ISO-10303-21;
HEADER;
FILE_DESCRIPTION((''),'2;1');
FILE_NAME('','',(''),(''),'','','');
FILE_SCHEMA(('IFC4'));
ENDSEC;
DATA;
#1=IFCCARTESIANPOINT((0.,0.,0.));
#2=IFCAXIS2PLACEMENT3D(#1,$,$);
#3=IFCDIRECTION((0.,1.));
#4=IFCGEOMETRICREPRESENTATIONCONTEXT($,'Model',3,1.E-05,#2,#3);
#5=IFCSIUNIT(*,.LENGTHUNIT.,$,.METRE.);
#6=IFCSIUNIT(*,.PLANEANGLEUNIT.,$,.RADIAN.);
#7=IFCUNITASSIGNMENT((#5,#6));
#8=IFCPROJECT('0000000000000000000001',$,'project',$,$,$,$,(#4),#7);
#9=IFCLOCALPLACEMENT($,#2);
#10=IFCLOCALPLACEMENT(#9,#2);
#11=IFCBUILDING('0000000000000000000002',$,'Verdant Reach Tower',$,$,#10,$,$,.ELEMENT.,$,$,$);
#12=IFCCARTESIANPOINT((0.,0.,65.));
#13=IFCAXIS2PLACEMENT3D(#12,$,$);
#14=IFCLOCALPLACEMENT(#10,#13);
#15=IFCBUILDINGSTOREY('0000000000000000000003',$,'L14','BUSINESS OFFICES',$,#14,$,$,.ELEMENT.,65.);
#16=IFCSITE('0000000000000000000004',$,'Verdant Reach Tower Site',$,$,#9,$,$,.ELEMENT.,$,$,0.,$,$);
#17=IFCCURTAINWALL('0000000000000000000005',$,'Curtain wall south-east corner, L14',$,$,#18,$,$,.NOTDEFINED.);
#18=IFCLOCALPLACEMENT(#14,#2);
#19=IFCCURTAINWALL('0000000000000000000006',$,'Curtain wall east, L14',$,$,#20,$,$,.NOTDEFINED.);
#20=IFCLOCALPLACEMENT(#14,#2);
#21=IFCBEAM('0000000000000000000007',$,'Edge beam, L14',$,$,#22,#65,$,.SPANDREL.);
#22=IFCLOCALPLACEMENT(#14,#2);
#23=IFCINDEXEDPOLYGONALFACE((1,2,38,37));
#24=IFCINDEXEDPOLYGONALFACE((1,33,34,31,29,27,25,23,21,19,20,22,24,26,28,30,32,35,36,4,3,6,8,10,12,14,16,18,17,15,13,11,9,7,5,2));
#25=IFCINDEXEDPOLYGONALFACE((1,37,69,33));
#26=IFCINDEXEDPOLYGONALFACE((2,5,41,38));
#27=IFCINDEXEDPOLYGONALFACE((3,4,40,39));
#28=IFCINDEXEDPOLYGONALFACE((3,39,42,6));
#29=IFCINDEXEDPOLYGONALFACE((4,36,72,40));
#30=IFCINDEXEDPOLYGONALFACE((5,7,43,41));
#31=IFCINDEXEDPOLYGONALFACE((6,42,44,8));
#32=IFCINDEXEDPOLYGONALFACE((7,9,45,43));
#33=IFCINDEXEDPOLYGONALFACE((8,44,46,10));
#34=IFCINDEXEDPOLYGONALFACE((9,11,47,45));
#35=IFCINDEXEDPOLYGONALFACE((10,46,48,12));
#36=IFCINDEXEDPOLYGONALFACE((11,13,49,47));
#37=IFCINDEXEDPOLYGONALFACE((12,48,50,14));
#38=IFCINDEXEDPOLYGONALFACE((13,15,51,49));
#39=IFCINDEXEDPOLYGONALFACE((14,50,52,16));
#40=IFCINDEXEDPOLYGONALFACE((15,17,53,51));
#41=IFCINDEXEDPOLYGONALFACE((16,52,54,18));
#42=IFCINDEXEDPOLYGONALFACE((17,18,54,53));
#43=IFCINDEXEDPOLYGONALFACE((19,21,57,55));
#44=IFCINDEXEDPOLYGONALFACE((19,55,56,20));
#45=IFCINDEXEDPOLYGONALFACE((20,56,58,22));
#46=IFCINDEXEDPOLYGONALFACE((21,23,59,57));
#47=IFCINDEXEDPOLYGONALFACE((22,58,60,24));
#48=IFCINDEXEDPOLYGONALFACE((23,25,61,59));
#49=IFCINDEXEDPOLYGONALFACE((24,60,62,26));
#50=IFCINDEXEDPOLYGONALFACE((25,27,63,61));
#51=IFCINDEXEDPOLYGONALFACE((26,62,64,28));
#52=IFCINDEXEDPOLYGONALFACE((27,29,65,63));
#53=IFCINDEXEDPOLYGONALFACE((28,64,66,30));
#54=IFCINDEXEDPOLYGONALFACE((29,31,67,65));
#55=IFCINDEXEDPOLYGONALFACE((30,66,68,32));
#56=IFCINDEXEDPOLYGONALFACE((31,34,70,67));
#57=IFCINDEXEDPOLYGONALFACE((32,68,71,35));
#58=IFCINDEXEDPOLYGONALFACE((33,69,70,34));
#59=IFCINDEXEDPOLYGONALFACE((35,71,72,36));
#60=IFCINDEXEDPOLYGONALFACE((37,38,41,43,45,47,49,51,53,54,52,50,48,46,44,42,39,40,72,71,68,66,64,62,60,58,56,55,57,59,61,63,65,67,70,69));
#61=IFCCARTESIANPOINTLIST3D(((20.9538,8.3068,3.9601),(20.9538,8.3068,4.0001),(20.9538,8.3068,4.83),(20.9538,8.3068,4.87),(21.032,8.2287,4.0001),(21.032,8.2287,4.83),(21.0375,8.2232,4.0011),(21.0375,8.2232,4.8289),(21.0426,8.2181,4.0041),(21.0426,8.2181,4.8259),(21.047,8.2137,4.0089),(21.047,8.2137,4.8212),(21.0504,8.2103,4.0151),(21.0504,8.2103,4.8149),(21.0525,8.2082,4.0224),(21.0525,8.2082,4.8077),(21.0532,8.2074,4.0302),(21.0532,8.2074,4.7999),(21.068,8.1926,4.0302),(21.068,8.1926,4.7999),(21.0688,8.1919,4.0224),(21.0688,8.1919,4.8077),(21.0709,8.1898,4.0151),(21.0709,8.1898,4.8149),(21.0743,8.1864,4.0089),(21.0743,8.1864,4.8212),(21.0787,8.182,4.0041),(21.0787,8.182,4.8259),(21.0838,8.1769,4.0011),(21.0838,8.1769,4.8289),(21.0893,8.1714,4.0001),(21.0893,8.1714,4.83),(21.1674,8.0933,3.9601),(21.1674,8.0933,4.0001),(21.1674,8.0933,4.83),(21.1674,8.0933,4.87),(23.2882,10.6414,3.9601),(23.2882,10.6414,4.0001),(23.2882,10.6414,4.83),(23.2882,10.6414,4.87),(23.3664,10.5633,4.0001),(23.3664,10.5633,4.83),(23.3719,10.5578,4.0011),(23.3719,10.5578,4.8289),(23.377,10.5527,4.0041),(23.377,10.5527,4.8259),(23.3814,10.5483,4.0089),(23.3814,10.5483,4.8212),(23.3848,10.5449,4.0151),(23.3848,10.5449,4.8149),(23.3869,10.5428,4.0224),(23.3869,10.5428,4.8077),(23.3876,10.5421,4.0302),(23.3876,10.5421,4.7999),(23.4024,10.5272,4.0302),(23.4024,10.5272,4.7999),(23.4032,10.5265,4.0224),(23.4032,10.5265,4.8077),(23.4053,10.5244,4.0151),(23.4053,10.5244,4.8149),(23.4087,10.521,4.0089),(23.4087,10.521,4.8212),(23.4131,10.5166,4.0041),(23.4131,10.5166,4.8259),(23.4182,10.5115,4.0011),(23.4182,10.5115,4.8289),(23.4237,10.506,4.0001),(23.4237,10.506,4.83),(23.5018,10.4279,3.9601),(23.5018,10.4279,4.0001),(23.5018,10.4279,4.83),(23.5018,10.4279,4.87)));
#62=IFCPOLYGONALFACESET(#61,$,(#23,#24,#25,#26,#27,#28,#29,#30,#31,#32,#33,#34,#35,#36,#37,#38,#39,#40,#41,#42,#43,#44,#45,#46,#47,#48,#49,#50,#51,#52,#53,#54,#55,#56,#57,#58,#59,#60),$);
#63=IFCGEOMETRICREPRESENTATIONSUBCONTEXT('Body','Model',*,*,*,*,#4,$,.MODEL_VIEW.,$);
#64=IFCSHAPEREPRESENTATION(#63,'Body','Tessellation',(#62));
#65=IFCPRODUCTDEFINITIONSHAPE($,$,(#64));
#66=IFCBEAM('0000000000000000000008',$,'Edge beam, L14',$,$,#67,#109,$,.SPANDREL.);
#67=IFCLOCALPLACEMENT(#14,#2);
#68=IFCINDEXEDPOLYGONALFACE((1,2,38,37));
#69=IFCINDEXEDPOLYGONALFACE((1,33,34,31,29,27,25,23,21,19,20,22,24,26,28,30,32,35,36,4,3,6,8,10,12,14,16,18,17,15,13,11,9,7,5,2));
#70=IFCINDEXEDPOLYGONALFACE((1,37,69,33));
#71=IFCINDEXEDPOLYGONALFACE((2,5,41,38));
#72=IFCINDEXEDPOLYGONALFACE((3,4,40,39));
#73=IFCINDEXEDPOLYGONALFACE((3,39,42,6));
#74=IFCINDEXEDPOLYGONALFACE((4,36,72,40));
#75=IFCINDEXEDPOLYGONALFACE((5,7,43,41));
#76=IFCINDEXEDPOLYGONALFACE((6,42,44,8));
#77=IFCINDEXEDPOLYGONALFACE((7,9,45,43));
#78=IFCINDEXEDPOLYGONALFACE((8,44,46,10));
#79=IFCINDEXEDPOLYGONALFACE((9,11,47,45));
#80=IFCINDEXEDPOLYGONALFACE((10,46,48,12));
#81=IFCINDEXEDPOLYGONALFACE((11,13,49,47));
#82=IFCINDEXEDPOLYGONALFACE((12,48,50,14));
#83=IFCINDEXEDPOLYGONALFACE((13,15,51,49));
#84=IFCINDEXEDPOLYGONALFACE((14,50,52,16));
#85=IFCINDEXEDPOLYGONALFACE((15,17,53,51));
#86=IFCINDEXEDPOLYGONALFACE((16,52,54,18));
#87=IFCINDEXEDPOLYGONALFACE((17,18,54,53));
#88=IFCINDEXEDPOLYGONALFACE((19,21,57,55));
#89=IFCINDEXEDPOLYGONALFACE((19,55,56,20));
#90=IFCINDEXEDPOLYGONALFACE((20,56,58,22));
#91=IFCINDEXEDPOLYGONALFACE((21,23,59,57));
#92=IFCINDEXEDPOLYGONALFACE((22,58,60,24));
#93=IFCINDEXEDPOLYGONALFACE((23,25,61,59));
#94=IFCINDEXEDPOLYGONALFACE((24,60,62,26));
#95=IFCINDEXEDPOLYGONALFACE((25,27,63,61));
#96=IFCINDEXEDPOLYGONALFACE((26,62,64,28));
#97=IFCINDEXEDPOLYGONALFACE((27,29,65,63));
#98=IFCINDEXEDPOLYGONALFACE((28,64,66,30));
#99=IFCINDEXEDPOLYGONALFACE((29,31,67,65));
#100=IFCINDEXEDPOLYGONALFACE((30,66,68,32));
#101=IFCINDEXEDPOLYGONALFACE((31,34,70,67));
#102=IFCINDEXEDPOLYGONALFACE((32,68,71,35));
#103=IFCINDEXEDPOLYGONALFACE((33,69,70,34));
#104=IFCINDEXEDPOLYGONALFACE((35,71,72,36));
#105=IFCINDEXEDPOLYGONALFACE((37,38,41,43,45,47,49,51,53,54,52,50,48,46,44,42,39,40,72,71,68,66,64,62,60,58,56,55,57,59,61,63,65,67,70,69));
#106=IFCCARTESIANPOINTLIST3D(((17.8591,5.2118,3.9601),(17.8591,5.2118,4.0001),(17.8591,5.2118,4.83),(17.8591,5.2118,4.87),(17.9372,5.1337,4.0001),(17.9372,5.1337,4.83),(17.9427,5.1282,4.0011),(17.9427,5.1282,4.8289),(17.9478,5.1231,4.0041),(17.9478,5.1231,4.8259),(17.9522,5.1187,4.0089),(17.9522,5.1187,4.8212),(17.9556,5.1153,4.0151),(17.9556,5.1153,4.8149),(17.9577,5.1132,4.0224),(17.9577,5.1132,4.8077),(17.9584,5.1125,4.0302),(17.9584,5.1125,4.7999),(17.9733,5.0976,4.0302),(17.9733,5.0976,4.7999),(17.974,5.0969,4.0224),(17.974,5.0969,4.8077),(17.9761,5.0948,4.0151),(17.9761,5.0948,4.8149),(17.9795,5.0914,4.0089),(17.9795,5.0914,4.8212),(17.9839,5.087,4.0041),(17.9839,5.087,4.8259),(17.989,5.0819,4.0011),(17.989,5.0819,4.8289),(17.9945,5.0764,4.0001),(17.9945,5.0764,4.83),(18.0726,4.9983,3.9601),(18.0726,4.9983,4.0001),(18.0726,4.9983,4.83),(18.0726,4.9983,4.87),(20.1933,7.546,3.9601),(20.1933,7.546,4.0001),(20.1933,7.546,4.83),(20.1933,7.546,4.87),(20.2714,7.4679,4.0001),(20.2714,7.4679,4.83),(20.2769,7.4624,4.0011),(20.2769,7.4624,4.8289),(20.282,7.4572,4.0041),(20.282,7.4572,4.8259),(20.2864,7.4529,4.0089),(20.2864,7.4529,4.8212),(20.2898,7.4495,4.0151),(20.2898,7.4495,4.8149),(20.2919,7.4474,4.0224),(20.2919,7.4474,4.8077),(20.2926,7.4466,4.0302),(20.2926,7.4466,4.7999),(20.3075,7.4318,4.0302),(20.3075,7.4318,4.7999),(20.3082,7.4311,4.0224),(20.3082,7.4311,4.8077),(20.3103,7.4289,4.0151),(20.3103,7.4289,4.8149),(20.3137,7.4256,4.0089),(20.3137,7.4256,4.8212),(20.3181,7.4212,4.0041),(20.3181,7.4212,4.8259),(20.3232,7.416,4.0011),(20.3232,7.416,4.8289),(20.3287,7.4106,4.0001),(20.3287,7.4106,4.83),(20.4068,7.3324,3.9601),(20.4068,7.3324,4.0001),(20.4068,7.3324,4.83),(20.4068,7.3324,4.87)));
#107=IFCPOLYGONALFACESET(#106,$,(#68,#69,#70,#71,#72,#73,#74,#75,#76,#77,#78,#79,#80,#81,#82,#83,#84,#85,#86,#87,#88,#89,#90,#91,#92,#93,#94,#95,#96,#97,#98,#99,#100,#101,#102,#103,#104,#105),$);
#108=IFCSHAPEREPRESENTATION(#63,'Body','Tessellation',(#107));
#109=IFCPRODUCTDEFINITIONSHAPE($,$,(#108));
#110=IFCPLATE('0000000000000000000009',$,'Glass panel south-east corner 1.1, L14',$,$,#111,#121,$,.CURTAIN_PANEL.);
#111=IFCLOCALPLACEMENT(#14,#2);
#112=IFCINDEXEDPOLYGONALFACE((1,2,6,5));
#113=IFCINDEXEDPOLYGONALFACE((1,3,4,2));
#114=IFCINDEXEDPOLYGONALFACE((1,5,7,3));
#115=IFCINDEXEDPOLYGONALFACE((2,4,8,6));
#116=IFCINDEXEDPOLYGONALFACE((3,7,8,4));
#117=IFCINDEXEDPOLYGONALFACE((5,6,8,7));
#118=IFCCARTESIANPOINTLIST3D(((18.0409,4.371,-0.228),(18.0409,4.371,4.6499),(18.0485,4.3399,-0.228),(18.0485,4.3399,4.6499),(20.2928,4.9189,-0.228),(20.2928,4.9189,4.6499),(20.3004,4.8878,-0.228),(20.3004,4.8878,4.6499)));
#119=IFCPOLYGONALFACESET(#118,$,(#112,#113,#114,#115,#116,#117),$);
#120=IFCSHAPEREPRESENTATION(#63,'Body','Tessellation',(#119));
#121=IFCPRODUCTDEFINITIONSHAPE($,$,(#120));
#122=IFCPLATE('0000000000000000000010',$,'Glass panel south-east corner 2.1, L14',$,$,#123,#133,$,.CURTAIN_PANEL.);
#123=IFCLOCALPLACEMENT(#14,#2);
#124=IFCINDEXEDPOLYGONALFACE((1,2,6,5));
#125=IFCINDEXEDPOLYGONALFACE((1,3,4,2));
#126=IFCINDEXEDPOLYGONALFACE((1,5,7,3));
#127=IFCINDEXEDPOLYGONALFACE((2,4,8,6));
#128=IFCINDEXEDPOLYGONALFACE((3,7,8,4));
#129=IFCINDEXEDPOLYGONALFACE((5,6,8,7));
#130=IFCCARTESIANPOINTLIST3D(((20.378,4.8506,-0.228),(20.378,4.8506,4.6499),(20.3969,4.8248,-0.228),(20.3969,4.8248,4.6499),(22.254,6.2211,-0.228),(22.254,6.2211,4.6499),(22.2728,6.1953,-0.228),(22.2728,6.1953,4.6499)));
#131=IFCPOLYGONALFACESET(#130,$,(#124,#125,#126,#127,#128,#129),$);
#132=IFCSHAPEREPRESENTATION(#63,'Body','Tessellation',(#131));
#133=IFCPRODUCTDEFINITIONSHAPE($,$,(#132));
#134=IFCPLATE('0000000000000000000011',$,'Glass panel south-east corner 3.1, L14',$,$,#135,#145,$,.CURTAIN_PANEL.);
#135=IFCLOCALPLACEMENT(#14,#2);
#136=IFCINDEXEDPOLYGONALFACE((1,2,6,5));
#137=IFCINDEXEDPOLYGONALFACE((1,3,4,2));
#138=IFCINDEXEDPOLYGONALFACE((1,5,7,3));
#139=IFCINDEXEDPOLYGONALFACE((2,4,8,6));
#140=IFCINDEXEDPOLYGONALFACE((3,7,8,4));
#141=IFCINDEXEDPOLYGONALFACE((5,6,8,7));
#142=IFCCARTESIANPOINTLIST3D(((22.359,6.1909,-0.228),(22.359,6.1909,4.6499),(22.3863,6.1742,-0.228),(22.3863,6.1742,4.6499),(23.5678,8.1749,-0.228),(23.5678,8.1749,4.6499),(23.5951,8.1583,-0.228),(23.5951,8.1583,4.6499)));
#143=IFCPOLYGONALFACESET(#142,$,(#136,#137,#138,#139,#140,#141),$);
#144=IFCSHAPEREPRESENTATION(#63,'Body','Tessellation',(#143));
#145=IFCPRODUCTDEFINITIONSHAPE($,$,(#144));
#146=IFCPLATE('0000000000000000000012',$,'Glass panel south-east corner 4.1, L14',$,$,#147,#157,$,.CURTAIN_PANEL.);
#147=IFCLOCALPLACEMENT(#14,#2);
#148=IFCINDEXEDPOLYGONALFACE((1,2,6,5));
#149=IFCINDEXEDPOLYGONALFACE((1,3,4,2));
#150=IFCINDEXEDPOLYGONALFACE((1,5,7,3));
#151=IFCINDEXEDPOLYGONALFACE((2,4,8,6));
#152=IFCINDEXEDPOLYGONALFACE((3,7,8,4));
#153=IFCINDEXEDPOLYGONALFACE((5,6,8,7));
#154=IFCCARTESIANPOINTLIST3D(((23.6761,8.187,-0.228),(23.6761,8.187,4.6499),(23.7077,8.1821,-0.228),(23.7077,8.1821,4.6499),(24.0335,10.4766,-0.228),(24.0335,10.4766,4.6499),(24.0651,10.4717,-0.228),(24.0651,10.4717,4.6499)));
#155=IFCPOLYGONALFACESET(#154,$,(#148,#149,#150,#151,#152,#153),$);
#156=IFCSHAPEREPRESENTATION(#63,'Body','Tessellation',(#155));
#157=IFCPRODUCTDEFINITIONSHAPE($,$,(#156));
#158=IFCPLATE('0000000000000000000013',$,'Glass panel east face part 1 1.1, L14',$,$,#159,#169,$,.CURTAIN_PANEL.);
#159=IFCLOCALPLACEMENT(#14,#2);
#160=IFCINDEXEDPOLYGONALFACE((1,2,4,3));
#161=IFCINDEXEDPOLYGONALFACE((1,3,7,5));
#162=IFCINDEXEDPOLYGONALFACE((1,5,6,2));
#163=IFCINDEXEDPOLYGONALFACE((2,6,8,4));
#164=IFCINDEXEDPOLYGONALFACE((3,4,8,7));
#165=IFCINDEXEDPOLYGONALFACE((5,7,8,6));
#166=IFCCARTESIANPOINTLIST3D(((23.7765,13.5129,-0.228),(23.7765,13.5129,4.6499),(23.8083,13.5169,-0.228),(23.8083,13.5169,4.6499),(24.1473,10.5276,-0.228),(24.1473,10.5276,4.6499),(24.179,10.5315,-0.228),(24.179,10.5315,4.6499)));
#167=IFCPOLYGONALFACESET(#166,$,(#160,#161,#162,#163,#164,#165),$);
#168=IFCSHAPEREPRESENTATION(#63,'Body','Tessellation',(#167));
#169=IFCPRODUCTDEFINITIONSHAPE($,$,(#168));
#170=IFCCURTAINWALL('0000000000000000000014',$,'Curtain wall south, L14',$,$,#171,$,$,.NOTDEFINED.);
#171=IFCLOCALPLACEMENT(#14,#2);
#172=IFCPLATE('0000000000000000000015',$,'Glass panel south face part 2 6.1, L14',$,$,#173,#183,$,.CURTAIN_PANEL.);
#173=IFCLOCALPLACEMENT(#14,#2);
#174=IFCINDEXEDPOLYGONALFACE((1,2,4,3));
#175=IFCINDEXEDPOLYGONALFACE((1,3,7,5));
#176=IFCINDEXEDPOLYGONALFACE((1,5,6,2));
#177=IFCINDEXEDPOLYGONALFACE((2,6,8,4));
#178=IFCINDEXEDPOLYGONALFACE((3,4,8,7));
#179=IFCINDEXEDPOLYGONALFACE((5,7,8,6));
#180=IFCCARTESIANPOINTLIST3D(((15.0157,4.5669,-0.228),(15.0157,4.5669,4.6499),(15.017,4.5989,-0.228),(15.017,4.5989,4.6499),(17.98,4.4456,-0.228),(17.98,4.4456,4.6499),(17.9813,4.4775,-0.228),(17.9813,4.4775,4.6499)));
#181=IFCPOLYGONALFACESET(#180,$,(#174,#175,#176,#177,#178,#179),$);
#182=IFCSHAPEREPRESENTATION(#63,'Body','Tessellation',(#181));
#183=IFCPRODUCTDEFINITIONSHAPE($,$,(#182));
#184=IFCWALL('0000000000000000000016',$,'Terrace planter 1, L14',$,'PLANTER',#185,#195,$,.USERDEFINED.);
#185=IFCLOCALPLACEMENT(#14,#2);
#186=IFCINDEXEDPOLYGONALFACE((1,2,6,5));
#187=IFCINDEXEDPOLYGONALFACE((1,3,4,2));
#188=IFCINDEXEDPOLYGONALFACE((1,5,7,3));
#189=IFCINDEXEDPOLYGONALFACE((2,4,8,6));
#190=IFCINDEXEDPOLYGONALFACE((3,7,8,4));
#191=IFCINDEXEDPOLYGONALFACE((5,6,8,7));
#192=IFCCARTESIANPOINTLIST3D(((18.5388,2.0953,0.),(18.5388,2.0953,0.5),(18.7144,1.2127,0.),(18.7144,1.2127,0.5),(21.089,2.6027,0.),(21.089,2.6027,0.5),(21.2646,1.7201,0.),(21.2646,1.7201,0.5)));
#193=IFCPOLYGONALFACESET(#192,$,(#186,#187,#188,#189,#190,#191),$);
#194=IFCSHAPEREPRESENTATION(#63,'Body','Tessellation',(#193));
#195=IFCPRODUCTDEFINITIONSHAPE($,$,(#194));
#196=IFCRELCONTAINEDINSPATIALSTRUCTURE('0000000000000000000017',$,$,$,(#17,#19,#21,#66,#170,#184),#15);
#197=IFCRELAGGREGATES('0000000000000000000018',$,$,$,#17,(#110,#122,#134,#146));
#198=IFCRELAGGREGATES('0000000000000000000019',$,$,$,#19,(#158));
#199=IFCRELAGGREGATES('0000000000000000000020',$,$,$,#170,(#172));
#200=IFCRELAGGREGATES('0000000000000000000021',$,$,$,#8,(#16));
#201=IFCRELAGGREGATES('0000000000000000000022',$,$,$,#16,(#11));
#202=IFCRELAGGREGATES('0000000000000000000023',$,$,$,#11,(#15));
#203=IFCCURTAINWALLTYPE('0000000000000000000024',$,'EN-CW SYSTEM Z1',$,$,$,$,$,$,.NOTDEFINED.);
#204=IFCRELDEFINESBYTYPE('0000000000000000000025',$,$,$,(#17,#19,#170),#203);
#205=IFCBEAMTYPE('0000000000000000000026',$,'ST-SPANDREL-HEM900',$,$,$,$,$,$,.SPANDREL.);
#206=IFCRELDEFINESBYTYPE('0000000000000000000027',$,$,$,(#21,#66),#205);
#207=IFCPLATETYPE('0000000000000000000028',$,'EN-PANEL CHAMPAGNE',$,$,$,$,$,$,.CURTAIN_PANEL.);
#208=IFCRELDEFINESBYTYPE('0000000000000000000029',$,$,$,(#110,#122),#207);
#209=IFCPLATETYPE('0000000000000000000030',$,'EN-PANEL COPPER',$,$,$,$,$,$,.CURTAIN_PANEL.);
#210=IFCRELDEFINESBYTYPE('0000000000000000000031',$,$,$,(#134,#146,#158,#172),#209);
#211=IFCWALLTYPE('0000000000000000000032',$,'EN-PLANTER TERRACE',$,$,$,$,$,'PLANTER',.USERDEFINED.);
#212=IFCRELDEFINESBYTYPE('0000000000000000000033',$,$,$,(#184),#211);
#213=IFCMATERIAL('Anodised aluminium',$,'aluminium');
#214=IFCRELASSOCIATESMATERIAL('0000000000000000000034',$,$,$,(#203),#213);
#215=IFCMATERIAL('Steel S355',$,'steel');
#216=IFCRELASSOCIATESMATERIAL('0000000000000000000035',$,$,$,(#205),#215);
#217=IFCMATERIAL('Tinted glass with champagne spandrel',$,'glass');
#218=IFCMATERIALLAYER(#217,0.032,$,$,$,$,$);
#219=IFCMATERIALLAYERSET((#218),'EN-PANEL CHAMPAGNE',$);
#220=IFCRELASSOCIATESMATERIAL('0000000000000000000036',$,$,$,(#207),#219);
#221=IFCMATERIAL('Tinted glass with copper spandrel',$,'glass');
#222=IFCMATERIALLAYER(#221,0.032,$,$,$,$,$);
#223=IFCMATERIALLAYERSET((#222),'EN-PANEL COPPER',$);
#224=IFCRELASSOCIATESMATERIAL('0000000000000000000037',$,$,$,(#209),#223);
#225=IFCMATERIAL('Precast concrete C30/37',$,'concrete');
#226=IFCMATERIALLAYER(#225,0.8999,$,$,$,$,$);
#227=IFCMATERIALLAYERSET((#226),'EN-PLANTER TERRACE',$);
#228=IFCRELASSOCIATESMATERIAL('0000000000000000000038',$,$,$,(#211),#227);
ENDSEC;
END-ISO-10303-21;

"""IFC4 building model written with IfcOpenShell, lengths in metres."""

from ifc_helpers import new_model, si_unit, direction, frame, frame_2d, origin, origin_2d, place, context, subcontext, project, spatial, rectangle, i_section, extrude, material, layer, layer_set, material_profile, profile_set, type_object, element, aggregate, save


model = new_model("IFC4")

# Units and contexts
model_context = context("Model", 3, precision=1e-05, world=origin(), true_north=direction((0.0, 1.0)))
body_context = subcontext(model_context, "Body", "Model", "MODEL_VIEW")
ifc_project = project(units=[si_unit("LENGTHUNIT", "METRE"), si_unit("PLANEANGLEUNIT", "RADIAN")], contexts=[model_context])

# Site, building, storey
site_placement = place(None, origin())
site = spatial("IfcSite", under=ifc_project, at=site_placement, Name="Verdant Reach Tower Site", CompositionType="ELEMENT", RefElevation=0.0)
building_placement = place(site_placement, origin())
building = spatial("IfcBuilding", under=site, at=building_placement, Name="Verdant Reach Tower", CompositionType="ELEMENT")
storey_placement = place(building_placement, frame((0.0, 0.0, 65.0)))
storey = spatial("IfcBuildingStorey", under=building, at=storey_placement, Name="L14", Description="BUSINESS OFFICES", CompositionType="ELEMENT", Elevation=65.0)

# Curtain walls
ifc_material_1 = material(Name="Anodised aluminium", Category="aluminium")
curtain_wall_type = type_object("IfcCurtainWallType", Name="EN-CW SYSTEM Z1", PredefinedType="NOTDEFINED", material=ifc_material_1)
curtain_wall_1_placement = place(storey_placement, origin())
curtain_wall_1 = element("IfcCurtainWall", 1, at=curtain_wall_1_placement, inside=storey, type_object=curtain_wall_type, Name="Curtain wall south-east corner, L14", PredefinedType="NOTDEFINED")
curtain_wall_2_placement = place(storey_placement, origin())
curtain_wall_2 = element("IfcCurtainWall", 2, at=curtain_wall_2_placement, inside=storey, type_object=curtain_wall_type, Name="Curtain wall east, L14", PredefinedType="NOTDEFINED")

# Beams
ifc_material_2 = material(Name="Steel S355", Category="steel")
ifc_material_profile_1 = material_profile(ifc_material_2, i_section(OverallWidth=0.302, OverallDepth=0.9099, WebThickness=0.021, FlangeThickness=0.04, FilletRadius=0.03, at=origin_2d()), Name="HEM 900")
ifc_profile_set_1 = profile_set([ifc_material_profile_1], Name="Steel S355")
beam_type_1 = type_object("IfcBeamType", Name="ST-SPANDREL-HEM900", PredefinedType="SPANDREL", material=ifc_profile_set_1)
beam_1_placement = place(storey_placement, frame((23.395, 10.5347, 4.415), z_axis=(-0.70707, -0.707144, 0.0), x_axis=(0.707144, -0.70707, 0.0)))
element("IfcBeam", 3, at=beam_1_placement, inside=storey, type_object=beam_type_1, Name="Edge beam, L14", PredefinedType="SPANDREL", context=body_context, shape_type="SweptSolid", body=[
    extrude(i_section(OverallWidth=0.302, OverallDepth=0.9099, WebThickness=0.021, FlangeThickness=0.04, FilletRadius=0.03, at=origin_2d()), origin(), (0.0, 0.0, 1.0), 3.3015),
])
beam_2_placement = place(storey_placement, frame((20.3, 7.4392, 4.415), z_axis=(-0.707107, -0.707107, 0.0), x_axis=(0.707107, -0.707107, 0.0)))
element("IfcBeam", 4, at=beam_2_placement, inside=storey, type_object=beam_type_1, Name="Edge beam, L14", PredefinedType="SPANDREL", context=body_context, shape_type="SweptSolid", body=[
    extrude(i_section(OverallWidth=0.302, OverallDepth=0.9099, WebThickness=0.021, FlangeThickness=0.04, FilletRadius=0.03, at=origin_2d()), origin(), (0.0, 0.0, 1.0), 3.301),
])

# Plates
ifc_material_3 = material(Name="Tinted glass with champagne spandrel", Category="glass")
ifc_layer_1 = layer(ifc_material_3, 0.032)
ifc_layer_set_1 = layer_set([ifc_layer_1], Name="EN-PANEL CHAMPAGNE")
plate_type_1 = type_object("IfcPlateType", Name="EN-PANEL CHAMPAGNE", PredefinedType="CURTAIN_PANEL", material=ifc_layer_set_1)
plate_1_placement = place(storey_placement, frame((19.1707, 4.6294, -0.228), z_axis=(0.0, 0.0, 1.0), x_axis=(0.971661, 0.23638, 0.0)))
plate_1 = element("IfcPlate", 5, at=plate_1_placement, type_object=plate_type_1, Name="Glass panel south-east corner 1.1, L14", PredefinedType="CURTAIN_PANEL", context=body_context, shape_type="SweptSolid", body=[
    extrude(rectangle(XDim=2.3176, YDim=0.032, at=origin_2d()), origin(), (0.0, 0.0, 1.0), 4.8779),
])
plate_2_placement = place(storey_placement, frame((21.3254, 5.5229, -0.228), z_axis=(0.0, 0.0, 1.0), x_axis=(0.807457, 0.589927, 0.0)))
plate_2 = element("IfcPlate", 6, at=plate_2_placement, type_object=plate_type_1, Name="Glass panel south-east corner 2.1, L14", PredefinedType="CURTAIN_PANEL", context=body_context, shape_type="SweptSolid", body=[
    extrude(rectangle(XDim=2.3232, YDim=0.032, at=origin_2d()), origin(), (0.0, 0.0, 1.0), 4.8779),
])
ifc_material_4 = material(Name="Tinted glass with copper spandrel", Category="glass")
ifc_layer_2 = layer(ifc_material_4, 0.032)
ifc_layer_set_2 = layer_set([ifc_layer_2], Name="EN-PANEL COPPER")
plate_type_2 = type_object("IfcPlateType", Name="EN-PANEL COPPER", PredefinedType="CURTAIN_PANEL", material=ifc_layer_set_2)
plate_3_placement = place(storey_placement, frame((22.9771, 7.1746, -0.228), z_axis=(0.0, 0.0, 1.0), x_axis=(0.520292, 0.853989, 0.0)))
plate_3 = element("IfcPlate", 7, at=plate_3_placement, type_object=plate_type_2, Name="Glass panel south-east corner 3.1, L14", PredefinedType="CURTAIN_PANEL", context=body_context, shape_type="SweptSolid", body=[
    extrude(rectangle(XDim=2.3232, YDim=0.032, at=origin_2d()), origin(), (0.0, 0.0, 1.0), 4.8779),
])
plate_4_placement = place(storey_placement, frame((23.8706, 9.3293, -0.228), z_axis=(0.0, 0.0, 1.0), x_axis=(0.154248, 0.988032, 0.0)))
plate_4 = element("IfcPlate", 8, at=plate_4_placement, type_object=plate_type_2, Name="Glass panel south-east corner 4.1, L14", PredefinedType="CURTAIN_PANEL", context=body_context, shape_type="SweptSolid", body=[
    extrude(rectangle(XDim=2.3174, YDim=0.032, at=origin_2d()), origin(), (0.0, 0.0, 1.0), 4.8779),
])
aggregate(curtain_wall_1, [plate_1, plate_2, plate_3, plate_4])
plate_5_placement = place(storey_placement, frame((23.9778, 12.0222, -0.228), z_axis=(0.0, 0.0, 1.0), x_axis=(-0.123256, 0.992375, 0.0)))
plate_5 = element("IfcPlate", 9, at=plate_5_placement, type_object=plate_type_2, Name="Glass panel east face part 1 1.1, L14", PredefinedType="CURTAIN_PANEL", context=body_context, shape_type="SweptSolid", body=[
    extrude(rectangle(XDim=3.0083, YDim=0.032, at=origin_2d()), origin(), (0.0, 0.0, 1.0), 4.8779),
])
aggregate(curtain_wall_2, [plate_5])

# Curtain wall, plate
curtain_wall_3_placement = place(storey_placement, origin())
curtain_wall_3 = element("IfcCurtainWall", 10, at=curtain_wall_3_placement, inside=storey, type_object=curtain_wall_type, Name="Curtain wall south, L14", PredefinedType="NOTDEFINED")
plate_6_placement = place(storey_placement, frame((16.4985, 4.5222, -0.228), z_axis=(0.0, 0.0, 1.0), x_axis=(0.999163, -0.04091, 0.0)))
plate_6 = element("IfcPlate", 11, at=plate_6_placement, type_object=plate_type_2, Name="Glass panel south face part 2 6.1, L14", PredefinedType="CURTAIN_PANEL", context=body_context, shape_type="SweptSolid", body=[
    extrude(rectangle(XDim=2.9668, YDim=0.032, at=origin_2d()), origin(), (0.0, 0.0, 1.0), 4.8779),
])
aggregate(curtain_wall_3, [plate_6])

# Wall
ifc_material_5 = material(Name="Precast concrete C30/37", Category="concrete")
ifc_layer_3 = layer(ifc_material_5, 0.8999)
ifc_layer_set_3 = layer_set([ifc_layer_3], Name="EN-PLANTER TERRACE")
wall_type = type_object("IfcWallType", Name="EN-PLANTER TERRACE", ElementType="PLANTER", PredefinedType="USERDEFINED", material=ifc_layer_set_3)
for number, where, z_axis, x_axis, name in (
    (12, (21.1768, 2.1614, 0.0), (0.0, 0.0, 1.0), (-0.980779, -0.195123, 0.0), "Terrace planter 1, L14"),
):
    element("IfcWall", number, at=place(storey_placement, frame(where, z_axis=z_axis, x_axis=x_axis)), inside=storey, type_object=wall_type, Name=name, ObjectType="PLANTER", PredefinedType="USERDEFINED", context=body_context, shape_type="SweptSolid", body=[
        extrude(rectangle(XDim=2.6001, YDim=0.8999, at=frame_2d((1.3, 0.0))), origin(), (0.0, 0.0, 1.0), 0.5),
    ])

save(model, "model.ifc")
